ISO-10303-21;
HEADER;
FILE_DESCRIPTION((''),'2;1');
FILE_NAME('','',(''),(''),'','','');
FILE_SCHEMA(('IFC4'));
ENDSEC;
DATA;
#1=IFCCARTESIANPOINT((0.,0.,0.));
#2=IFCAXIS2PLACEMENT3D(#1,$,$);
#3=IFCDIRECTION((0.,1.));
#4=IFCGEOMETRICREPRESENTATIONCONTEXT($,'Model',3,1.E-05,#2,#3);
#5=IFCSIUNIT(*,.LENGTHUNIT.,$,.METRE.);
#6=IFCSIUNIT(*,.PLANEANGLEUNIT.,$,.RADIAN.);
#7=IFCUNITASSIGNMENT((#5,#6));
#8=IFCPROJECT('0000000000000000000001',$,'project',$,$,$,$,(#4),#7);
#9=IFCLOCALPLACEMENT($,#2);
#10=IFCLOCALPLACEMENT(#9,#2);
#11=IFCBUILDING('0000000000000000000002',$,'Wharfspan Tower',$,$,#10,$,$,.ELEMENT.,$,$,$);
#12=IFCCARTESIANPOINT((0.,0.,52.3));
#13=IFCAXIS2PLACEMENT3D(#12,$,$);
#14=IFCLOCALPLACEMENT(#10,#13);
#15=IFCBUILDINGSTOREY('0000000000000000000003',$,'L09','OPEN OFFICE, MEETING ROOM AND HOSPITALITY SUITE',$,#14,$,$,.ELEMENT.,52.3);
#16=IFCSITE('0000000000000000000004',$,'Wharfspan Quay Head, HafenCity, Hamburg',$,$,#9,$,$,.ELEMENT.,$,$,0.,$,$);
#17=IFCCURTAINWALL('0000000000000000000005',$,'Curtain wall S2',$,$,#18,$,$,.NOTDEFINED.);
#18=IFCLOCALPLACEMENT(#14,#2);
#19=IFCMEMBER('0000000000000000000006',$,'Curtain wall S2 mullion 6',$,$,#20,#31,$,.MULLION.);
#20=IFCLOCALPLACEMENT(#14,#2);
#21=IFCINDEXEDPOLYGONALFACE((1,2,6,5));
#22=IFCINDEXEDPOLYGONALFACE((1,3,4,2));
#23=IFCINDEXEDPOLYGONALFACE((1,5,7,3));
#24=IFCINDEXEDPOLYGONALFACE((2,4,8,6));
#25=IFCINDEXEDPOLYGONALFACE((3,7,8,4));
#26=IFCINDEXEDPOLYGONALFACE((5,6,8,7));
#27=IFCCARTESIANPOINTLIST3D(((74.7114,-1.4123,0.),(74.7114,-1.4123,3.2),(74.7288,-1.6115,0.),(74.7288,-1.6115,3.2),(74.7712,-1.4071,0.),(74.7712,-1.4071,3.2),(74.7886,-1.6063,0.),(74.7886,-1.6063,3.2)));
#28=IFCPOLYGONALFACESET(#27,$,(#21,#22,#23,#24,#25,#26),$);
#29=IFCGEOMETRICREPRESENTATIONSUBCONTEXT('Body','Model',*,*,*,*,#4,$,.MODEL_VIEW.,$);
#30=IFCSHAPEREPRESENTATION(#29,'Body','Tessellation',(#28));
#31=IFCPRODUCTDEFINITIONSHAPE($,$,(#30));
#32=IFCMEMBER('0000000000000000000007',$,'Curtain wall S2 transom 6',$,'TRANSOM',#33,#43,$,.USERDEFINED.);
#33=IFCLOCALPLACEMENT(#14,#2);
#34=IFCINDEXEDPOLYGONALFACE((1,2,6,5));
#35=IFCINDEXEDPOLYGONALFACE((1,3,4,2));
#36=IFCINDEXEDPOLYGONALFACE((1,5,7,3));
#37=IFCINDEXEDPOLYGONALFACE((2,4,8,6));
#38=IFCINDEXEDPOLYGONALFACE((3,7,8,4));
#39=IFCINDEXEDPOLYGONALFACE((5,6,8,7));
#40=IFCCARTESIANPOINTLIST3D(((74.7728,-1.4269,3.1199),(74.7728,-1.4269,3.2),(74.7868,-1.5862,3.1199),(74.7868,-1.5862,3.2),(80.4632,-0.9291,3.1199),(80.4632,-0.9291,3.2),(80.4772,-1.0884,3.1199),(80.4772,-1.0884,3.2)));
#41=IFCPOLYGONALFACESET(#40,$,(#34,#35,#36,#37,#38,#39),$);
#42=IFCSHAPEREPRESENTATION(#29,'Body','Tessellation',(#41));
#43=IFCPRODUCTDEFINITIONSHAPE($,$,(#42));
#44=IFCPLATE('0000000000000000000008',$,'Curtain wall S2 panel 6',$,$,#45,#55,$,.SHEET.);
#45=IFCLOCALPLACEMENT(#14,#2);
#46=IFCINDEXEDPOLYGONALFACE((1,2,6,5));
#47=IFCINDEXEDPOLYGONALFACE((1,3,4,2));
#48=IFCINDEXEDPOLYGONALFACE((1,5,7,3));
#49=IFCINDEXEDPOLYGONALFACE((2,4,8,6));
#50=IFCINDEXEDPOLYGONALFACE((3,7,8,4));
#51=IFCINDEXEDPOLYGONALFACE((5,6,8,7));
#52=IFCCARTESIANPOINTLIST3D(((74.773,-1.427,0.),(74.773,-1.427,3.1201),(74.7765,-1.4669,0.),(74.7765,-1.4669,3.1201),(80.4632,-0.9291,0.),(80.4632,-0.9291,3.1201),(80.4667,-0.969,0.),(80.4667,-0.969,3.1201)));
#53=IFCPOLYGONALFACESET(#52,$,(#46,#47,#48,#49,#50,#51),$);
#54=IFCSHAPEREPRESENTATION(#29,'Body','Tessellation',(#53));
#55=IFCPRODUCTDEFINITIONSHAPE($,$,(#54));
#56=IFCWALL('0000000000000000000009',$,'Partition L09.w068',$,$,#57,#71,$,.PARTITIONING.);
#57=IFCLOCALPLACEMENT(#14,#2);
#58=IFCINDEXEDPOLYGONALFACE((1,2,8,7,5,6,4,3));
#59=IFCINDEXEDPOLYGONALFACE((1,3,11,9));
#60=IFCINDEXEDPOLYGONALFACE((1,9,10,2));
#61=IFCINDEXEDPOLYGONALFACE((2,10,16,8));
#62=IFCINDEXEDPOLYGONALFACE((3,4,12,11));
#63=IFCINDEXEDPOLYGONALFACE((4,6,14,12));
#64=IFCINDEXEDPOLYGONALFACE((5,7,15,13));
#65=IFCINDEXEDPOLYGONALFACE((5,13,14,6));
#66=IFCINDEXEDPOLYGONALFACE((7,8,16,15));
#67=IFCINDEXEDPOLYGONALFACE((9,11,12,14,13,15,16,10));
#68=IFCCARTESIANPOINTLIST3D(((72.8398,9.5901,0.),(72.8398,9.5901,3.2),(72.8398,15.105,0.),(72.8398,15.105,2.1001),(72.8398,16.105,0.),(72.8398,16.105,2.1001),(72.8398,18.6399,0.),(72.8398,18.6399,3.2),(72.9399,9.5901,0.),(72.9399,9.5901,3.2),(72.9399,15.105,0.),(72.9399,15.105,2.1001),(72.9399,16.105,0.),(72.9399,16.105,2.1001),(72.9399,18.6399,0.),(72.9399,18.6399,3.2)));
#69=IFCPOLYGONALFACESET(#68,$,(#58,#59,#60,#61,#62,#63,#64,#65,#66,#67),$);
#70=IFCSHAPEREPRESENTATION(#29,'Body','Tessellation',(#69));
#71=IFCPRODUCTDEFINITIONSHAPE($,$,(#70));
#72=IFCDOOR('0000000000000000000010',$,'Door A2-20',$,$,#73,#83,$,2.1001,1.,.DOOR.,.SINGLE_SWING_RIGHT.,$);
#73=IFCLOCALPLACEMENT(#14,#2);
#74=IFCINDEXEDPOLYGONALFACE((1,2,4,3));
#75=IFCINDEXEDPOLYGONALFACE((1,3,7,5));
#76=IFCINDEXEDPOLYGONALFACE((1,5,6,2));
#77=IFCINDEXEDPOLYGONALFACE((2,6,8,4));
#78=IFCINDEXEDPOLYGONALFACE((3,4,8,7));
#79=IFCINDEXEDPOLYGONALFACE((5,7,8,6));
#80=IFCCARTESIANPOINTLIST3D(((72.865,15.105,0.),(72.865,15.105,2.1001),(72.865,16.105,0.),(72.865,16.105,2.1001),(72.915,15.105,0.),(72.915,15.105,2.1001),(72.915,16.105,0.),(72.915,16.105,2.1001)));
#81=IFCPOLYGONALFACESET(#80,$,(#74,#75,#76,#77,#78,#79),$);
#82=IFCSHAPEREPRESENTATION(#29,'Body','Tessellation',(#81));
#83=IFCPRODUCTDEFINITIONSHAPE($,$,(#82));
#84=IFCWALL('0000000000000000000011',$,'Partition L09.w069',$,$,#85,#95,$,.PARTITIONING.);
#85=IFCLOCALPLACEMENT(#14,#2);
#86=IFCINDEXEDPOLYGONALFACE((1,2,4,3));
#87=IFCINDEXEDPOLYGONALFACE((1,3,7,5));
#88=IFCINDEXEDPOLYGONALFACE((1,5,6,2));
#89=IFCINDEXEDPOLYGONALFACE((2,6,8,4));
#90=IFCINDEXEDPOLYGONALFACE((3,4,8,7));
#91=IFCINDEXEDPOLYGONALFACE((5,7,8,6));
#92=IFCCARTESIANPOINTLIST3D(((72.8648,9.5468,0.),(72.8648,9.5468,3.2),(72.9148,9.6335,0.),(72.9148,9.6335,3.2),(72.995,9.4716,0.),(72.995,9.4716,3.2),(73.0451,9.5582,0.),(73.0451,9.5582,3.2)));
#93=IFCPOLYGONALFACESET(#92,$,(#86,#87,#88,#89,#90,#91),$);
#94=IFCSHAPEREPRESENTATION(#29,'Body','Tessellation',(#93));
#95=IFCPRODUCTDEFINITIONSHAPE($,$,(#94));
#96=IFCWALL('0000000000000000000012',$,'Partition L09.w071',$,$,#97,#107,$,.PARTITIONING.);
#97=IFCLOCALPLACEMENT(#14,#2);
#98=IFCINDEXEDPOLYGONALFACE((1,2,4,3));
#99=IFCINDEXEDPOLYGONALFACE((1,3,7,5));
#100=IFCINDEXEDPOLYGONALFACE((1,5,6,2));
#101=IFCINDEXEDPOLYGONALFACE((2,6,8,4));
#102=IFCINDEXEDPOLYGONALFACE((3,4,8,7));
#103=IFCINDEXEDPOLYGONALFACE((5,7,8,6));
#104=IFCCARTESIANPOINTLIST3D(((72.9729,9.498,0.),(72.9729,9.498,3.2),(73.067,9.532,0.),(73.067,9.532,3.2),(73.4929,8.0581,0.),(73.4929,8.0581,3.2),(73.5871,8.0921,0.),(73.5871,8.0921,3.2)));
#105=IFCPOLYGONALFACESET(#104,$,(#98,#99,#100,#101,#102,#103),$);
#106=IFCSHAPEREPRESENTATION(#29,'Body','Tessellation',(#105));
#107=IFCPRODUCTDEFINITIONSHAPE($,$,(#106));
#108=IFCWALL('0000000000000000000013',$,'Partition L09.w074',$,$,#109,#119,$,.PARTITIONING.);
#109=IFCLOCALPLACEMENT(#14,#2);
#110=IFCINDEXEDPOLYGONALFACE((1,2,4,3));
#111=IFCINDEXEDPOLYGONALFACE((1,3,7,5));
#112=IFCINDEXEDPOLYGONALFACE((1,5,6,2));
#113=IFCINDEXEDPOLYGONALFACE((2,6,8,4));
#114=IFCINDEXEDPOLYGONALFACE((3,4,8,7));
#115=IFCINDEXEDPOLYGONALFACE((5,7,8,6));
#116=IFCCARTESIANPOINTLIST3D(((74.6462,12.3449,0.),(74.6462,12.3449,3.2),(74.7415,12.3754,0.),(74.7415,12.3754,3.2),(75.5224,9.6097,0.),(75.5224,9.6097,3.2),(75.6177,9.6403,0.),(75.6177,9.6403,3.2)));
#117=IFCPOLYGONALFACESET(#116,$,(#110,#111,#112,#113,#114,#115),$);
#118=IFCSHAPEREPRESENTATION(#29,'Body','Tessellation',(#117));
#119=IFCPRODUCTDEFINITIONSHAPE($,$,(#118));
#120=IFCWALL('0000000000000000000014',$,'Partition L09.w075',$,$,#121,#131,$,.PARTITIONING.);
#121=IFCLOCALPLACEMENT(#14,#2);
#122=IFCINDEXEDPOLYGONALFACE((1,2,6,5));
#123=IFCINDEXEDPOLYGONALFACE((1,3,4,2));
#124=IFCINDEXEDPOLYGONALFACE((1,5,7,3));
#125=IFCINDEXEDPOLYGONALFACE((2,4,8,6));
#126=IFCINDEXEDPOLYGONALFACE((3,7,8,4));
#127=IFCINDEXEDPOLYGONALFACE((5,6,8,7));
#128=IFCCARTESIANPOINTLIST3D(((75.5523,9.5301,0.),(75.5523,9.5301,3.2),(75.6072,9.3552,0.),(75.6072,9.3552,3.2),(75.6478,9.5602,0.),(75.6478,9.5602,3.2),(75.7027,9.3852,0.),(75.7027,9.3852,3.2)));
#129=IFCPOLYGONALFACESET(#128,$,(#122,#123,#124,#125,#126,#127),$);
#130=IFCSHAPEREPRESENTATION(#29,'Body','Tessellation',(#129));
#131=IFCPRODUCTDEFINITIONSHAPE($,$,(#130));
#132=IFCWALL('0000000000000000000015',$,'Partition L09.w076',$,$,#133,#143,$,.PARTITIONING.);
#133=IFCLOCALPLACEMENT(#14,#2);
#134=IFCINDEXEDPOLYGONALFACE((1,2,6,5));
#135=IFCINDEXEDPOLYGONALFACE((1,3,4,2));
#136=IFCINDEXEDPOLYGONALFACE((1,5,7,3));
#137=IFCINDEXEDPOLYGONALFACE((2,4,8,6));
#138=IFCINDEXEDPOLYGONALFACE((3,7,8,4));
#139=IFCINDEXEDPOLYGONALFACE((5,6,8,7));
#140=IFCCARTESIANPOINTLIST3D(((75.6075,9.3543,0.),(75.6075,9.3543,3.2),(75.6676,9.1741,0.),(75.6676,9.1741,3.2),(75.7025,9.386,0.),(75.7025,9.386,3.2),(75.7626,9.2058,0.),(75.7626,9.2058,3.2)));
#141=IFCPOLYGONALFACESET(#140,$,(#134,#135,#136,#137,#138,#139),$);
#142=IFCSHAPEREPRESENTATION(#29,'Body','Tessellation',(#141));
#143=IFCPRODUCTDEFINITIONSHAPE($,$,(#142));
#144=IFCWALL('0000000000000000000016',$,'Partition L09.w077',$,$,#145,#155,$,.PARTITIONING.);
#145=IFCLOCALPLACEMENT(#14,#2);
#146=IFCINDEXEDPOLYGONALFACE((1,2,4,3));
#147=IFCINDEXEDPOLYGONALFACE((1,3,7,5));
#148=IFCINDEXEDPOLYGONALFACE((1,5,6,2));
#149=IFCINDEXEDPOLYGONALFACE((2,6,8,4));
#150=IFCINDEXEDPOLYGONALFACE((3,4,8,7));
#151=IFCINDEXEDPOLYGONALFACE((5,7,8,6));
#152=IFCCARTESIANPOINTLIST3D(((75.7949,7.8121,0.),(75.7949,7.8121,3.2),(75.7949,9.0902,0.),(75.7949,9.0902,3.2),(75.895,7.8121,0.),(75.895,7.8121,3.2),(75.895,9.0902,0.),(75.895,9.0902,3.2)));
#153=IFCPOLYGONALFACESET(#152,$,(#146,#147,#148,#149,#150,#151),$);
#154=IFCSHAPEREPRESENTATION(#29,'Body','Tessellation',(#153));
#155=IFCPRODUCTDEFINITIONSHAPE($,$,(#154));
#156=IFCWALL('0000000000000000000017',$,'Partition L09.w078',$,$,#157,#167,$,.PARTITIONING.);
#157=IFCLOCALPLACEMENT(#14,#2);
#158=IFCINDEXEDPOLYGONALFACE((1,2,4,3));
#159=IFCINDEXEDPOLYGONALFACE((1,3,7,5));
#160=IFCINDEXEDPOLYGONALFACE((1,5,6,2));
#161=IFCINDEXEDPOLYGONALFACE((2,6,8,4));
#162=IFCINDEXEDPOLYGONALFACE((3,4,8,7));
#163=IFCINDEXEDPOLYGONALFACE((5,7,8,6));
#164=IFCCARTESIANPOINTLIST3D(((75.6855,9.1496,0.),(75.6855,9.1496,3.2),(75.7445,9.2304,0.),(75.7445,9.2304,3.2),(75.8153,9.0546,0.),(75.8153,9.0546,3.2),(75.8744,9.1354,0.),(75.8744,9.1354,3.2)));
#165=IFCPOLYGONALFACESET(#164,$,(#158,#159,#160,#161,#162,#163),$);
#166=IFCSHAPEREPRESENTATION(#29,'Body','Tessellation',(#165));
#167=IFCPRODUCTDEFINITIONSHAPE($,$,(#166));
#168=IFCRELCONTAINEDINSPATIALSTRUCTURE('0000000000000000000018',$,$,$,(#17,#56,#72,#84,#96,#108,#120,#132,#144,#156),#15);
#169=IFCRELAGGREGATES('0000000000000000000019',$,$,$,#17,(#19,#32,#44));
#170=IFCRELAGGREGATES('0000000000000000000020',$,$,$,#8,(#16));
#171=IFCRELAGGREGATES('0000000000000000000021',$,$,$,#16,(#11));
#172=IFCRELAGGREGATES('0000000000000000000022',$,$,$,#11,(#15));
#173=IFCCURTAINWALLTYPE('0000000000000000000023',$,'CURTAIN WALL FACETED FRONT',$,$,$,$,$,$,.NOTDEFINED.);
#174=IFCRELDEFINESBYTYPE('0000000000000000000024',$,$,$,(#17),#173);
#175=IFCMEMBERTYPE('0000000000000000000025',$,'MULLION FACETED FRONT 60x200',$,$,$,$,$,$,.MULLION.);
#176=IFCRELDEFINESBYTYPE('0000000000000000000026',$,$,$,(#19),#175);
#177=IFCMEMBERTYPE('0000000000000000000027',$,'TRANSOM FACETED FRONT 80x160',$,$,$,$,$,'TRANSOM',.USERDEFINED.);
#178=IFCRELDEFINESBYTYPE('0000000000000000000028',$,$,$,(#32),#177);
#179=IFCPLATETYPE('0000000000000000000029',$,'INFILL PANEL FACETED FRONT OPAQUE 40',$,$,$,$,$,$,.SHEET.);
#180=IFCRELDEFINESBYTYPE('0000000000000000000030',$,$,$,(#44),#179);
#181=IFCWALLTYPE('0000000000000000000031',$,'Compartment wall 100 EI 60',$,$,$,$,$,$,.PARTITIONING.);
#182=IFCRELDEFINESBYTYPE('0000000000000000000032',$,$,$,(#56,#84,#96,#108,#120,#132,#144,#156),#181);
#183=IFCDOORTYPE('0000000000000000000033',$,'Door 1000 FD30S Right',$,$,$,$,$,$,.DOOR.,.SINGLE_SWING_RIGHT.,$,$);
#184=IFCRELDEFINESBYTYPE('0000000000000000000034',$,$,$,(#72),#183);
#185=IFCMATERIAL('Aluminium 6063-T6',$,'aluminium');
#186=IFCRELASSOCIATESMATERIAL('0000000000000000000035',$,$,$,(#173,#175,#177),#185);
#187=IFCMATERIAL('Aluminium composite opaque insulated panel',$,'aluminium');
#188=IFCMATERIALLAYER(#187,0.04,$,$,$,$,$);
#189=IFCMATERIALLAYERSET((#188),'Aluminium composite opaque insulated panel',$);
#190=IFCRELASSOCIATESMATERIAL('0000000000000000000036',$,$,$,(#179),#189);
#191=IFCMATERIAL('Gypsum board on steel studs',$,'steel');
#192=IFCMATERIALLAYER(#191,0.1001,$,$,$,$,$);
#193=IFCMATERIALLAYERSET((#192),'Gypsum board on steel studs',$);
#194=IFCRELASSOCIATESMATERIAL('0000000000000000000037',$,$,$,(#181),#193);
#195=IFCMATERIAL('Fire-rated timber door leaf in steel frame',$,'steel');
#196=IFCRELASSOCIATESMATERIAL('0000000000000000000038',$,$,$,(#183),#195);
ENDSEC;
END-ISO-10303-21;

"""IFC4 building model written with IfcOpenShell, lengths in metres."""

from ifc_helpers import new_model, si_unit, direction, frame, frame_2d, origin, origin_2d, place, context, subcontext, project, spatial, rectangle, extrude, material, layer, layer_set, material_profile, profile_set, type_object, element, fill, aggregate, save


model = new_model("IFC4")

# Units and contexts
model_context = context("Model", 3, precision=1e-05, world=origin(), true_north=direction((0.0, 1.0)))
body_context = subcontext(model_context, "Body", "Model", "MODEL_VIEW")
ifc_project = project(units=[si_unit("LENGTHUNIT", "METRE"), si_unit("PLANEANGLEUNIT", "RADIAN")], contexts=[model_context])

# Site, building, storey
site_placement = place(None, origin())
site = spatial("IfcSite", under=ifc_project, at=site_placement, Name="Wharfspan Quay Head, HafenCity, Hamburg", CompositionType="ELEMENT", RefElevation=0.0)
building_placement = place(site_placement, origin())
building = spatial("IfcBuilding", under=site, at=building_placement, Name="Wharfspan Tower", CompositionType="ELEMENT")
storey_placement = place(building_placement, frame((0.0, 0.0, 52.3)))
storey = spatial("IfcBuildingStorey", under=building, at=storey_placement, Name="L09", Description="OPEN OFFICE, MEETING ROOM AND HOSPITALITY SUITE", CompositionType="ELEMENT", Elevation=52.3)

# Curtain wall, members, plate
ifc_material_1 = material(Name="Aluminium 6063-T6", Category="aluminium")
curtain_wall_type = type_object("IfcCurtainWallType", Name="CURTAIN WALL FACETED FRONT", PredefinedType="NOTDEFINED", material=ifc_material_1)
curtain_wall_placement = place(storey_placement, origin())
curtain_wall = element("IfcCurtainWall", 1, at=curtain_wall_placement, inside=storey, type_object=curtain_wall_type, Name="Curtain wall S2", PredefinedType="NOTDEFINED")
ifc_material_profile_1 = material_profile(ifc_material_1, rectangle(XDim=0.2, YDim=0.0601, at=origin_2d()))
ifc_profile_set_1 = profile_set([ifc_material_profile_1], Name="Aluminium 6063-T6")
member_type_1 = type_object("IfcMemberType", Name="MULLION FACETED FRONT 60x200", PredefinedType="MULLION", material=ifc_profile_set_1)
member_1_placement = place(storey_placement, frame((74.75, -1.5093, 0.0), z_axis=(0.0, 0.0, 1.0), x_axis=(-0.087156, 0.996197, 0.0)))
member_1 = element("IfcMember", 2, at=member_1_placement, type_object=member_type_1, Name="Curtain wall S2 mullion 6", PredefinedType="MULLION", context=body_context, shape_type="SweptSolid", body=[
    extrude(rectangle(XDim=0.2, YDim=0.0601, at=origin_2d()), origin(), (0.0, 0.0, 1.0), 3.2),
])
ifc_material_profile_2 = material_profile(ifc_material_1, rectangle(XDim=0.1599, YDim=0.0801, at=origin_2d()))
ifc_profile_set_2 = profile_set([ifc_material_profile_2], Name="Aluminium 6063-T6")
member_type_2 = type_object("IfcMemberType", Name="TRANSOM FACETED FRONT 80x160", ElementType="TRANSOM", PredefinedType="USERDEFINED", material=ifc_profile_set_2)
member_2_placement = place(storey_placement, frame((74.7798, -1.5066, 3.1599), z_axis=(0.996195, 0.087148, 0.0), x_axis=(-0.087148, 0.996195, 0.0)))
member_2 = element("IfcMember", 3, at=member_2_placement, type_object=member_type_2, Name="Curtain wall S2 transom 6", ObjectType="TRANSOM", PredefinedType="USERDEFINED", context=body_context, shape_type="SweptSolid", body=[
    extrude(rectangle(XDim=0.1599, YDim=0.0801, at=origin_2d()), origin(), (0.0, 0.0, 1.0), 5.7122),
])
ifc_material_2 = material(Name="Aluminium composite opaque insulated panel", Category="aluminium")
ifc_layer_1 = layer(ifc_material_2, 0.04)
ifc_layer_set_1 = layer_set([ifc_layer_1], Name="Aluminium composite opaque insulated panel")
plate_type = type_object("IfcPlateType", Name="INFILL PANEL FACETED FRONT OPAQUE 40", PredefinedType="SHEET", material=ifc_layer_set_1)
plate_placement = place(storey_placement, frame((77.6199, -1.198, 0.0), z_axis=(0.0, 0.0, 1.0), x_axis=(0.996197, 0.087156, 0.0)))
plate = element("IfcPlate", 4, at=plate_placement, type_object=plate_type, Name="Curtain wall S2 panel 6", PredefinedType="SHEET", context=body_context, shape_type="SweptSolid", body=[
    extrude(rectangle(XDim=5.7119, YDim=0.04, at=origin_2d()), origin(), (0.0, 0.0, 1.0), 3.1201),
])
aggregate(curtain_wall, [member_1, member_2, plate])

# Wall, opening, door
ifc_material_3 = material(Name="Gypsum board on steel studs", Category="steel")
ifc_layer_2 = layer(ifc_material_3, 0.1001)
ifc_layer_set_2 = layer_set([ifc_layer_2], Name="Gypsum board on steel studs")
wall_type_1 = type_object("IfcWallType", Name="Compartment wall 100 EI 60", PredefinedType="PARTITIONING", material=ifc_layer_set_2)
wall_1_placement = place(storey_placement, frame((72.8899, 9.5901, 0.0), z_axis=(0.0, 0.0, 1.0), x_axis=(0.0, 1.0, 0.0)))
wall_1 = element("IfcWall", 5, at=wall_1_placement, inside=storey, type_object=wall_type_1, Name="Partition L09.w068", PredefinedType="PARTITIONING", context=body_context, shape_type="SweptSolid", body=[
    extrude(rectangle(XDim=9.0498, YDim=0.1001, at=frame_2d((4.5249, 0.0))), origin(), (0.0, 0.0, 1.0), 3.2),
])
opening_1_placement = place(wall_1_placement, frame((5.5149, 0.0, 0.0)))
opening_1 = element("IfcOpeningElement", 6, at=opening_1_placement, cuts=wall_1, PredefinedType="OPENING", context=body_context, shape_type="SweptSolid", body=[
    extrude(rectangle(XDim=1.0, YDim=2.1001, at=frame_2d((0.5, 1.05))), frame((0.0, 0.0601, 0.0), z_axis=(0.0, -1.0, 0.0), x_axis=(1.0, 0.0, 0.0)), (0.0, 0.0, 1.0), 0.1201),
])
ifc_material_4 = material(Name="Fire-rated timber door leaf in steel frame", Category="steel")
door_type_1 = type_object("IfcDoorType", Name="Door 1000 FD30S Right", OperationType="SINGLE_SWING_RIGHT", PredefinedType="DOOR", material=ifc_material_4)
door_1_placement = place(opening_1_placement, origin())
door_1 = element("IfcDoor", 7, at=door_1_placement, inside=storey, type_object=door_type_1, Name="Door A2-20", OperationType="SINGLE_SWING_RIGHT", OverallHeight=2.1001, OverallWidth=1.0, PredefinedType="DOOR", context=body_context, shape_type="SweptSolid", body=[
    extrude(rectangle(XDim=1.0, YDim=2.1001, at=frame_2d((0.5, 1.05))), frame((0.0, 0.0249, 0.0), z_axis=(0.0, -1.0, 0.0), x_axis=(1.0, 0.0, 0.0)), (0.0, 0.0, 1.0), 0.05),
])
fill(opening_1, door_1)

# Walls
wall_2_placement = place(storey_placement, frame((73.02, 9.5149, 0.0), z_axis=(0.0, 0.0, 1.0), x_axis=(-0.865836, 0.500333, 0.0)))
element("IfcWall", 8, at=wall_2_placement, inside=storey, type_object=wall_type_1, Name="Partition L09.w069", PredefinedType="PARTITIONING", context=body_context, shape_type="SweptSolid", body=[
    extrude(rectangle(XDim=0.1504, YDim=0.1001, at=frame_2d((0.0752, 0.0))), origin(), (0.0, 0.0, 1.0), 3.2),
])
wall_3_placement = place(storey_placement, frame((73.54, 8.075, 0.0), z_axis=(0.0, 0.0, 1.0), x_axis=(-0.339669, 0.940548, 0.0)))
element("IfcWall", 9, at=wall_3_placement, inside=storey, type_object=wall_type_1, Name="Partition L09.w071", PredefinedType="PARTITIONING", context=body_context, shape_type="SweptSolid", body=[
    extrude(rectangle(XDim=1.531, YDim=0.1001, at=frame_2d((0.7656, 0.0))), origin(), (0.0, 0.0, 1.0), 3.2),
])
wall_4_placement = place(storey_placement, frame((75.5701, 9.625, 0.0), z_axis=(0.0, 0.0, 1.0), x_axis=(-0.305088, 0.952327, 0.0)))
element("IfcWall", 10, at=wall_4_placement, inside=storey, type_object=wall_type_1, Name="Partition L09.w074", PredefinedType="PARTITIONING", context=body_context, shape_type="SweptSolid", body=[
    extrude(rectangle(XDim=2.8721, YDim=0.1001, at=frame_2d((1.436, 0.0))), origin(), (0.0, 0.0, 1.0), 3.2),
])
wall_5_placement = place(storey_placement, frame((75.655, 9.3701, 0.0), z_axis=(0.0, 0.0, 1.0), x_axis=(-0.299793, 0.954008, 0.0)))
element("IfcWall", 11, at=wall_5_placement, inside=storey, type_object=wall_type_1, Name="Partition L09.w075", PredefinedType="PARTITIONING", context=body_context, shape_type="SweptSolid", body=[
    extrude(rectangle(XDim=0.1834, YDim=0.1001, at=frame_2d((0.0918, 0.0))), origin(), (0.0, 0.0, 1.0), 3.2),
])
wall_6_placement = place(storey_placement, frame((75.7151, 9.1899, 0.0), z_axis=(0.0, 0.0, 1.0), x_axis=(-0.316228, 0.948684, 0.0)))
element("IfcWall", 12, at=wall_6_placement, inside=storey, type_object=wall_type_1, Name="Partition L09.w076", PredefinedType="PARTITIONING", context=body_context, shape_type="SweptSolid", body=[
    extrude(rectangle(XDim=0.1899, YDim=0.1001, at=frame_2d((0.095, 0.0))), origin(), (0.0, 0.0, 1.0), 3.2),
])
wall_7_placement = place(storey_placement, frame((75.845, 7.812, 0.0), z_axis=(0.0, 0.0, 1.0), x_axis=(0.0, 1.0, 0.0)))
element("IfcWall", 13, at=wall_7_placement, inside=storey, type_object=wall_type_1, Name="Partition L09.w077", PredefinedType="PARTITIONING", context=body_context, shape_type="SweptSolid", body=[
    extrude(rectangle(XDim=1.2781, YDim=0.1001, at=frame_2d((0.6392, 0.0))), origin(), (0.0, 0.0, 1.0), 3.2),
])
wall_8_placement = place(storey_placement, frame((75.845, 9.095, 0.0), z_axis=(0.0, 0.0, 1.0), x_axis=(-0.807226, 0.590246, 0.0)))
element("IfcWall", 14, at=wall_8_placement, inside=storey, type_object=wall_type_1, Name="Partition L09.w078", PredefinedType="PARTITIONING", context=body_context, shape_type="SweptSolid", body=[
    extrude(rectangle(XDim=0.1609, YDim=0.1001, at=frame_2d((0.0806, 0.0))), origin(), (0.0, 0.0, 1.0), 3.2),
])

save(model, "model.ifc")
